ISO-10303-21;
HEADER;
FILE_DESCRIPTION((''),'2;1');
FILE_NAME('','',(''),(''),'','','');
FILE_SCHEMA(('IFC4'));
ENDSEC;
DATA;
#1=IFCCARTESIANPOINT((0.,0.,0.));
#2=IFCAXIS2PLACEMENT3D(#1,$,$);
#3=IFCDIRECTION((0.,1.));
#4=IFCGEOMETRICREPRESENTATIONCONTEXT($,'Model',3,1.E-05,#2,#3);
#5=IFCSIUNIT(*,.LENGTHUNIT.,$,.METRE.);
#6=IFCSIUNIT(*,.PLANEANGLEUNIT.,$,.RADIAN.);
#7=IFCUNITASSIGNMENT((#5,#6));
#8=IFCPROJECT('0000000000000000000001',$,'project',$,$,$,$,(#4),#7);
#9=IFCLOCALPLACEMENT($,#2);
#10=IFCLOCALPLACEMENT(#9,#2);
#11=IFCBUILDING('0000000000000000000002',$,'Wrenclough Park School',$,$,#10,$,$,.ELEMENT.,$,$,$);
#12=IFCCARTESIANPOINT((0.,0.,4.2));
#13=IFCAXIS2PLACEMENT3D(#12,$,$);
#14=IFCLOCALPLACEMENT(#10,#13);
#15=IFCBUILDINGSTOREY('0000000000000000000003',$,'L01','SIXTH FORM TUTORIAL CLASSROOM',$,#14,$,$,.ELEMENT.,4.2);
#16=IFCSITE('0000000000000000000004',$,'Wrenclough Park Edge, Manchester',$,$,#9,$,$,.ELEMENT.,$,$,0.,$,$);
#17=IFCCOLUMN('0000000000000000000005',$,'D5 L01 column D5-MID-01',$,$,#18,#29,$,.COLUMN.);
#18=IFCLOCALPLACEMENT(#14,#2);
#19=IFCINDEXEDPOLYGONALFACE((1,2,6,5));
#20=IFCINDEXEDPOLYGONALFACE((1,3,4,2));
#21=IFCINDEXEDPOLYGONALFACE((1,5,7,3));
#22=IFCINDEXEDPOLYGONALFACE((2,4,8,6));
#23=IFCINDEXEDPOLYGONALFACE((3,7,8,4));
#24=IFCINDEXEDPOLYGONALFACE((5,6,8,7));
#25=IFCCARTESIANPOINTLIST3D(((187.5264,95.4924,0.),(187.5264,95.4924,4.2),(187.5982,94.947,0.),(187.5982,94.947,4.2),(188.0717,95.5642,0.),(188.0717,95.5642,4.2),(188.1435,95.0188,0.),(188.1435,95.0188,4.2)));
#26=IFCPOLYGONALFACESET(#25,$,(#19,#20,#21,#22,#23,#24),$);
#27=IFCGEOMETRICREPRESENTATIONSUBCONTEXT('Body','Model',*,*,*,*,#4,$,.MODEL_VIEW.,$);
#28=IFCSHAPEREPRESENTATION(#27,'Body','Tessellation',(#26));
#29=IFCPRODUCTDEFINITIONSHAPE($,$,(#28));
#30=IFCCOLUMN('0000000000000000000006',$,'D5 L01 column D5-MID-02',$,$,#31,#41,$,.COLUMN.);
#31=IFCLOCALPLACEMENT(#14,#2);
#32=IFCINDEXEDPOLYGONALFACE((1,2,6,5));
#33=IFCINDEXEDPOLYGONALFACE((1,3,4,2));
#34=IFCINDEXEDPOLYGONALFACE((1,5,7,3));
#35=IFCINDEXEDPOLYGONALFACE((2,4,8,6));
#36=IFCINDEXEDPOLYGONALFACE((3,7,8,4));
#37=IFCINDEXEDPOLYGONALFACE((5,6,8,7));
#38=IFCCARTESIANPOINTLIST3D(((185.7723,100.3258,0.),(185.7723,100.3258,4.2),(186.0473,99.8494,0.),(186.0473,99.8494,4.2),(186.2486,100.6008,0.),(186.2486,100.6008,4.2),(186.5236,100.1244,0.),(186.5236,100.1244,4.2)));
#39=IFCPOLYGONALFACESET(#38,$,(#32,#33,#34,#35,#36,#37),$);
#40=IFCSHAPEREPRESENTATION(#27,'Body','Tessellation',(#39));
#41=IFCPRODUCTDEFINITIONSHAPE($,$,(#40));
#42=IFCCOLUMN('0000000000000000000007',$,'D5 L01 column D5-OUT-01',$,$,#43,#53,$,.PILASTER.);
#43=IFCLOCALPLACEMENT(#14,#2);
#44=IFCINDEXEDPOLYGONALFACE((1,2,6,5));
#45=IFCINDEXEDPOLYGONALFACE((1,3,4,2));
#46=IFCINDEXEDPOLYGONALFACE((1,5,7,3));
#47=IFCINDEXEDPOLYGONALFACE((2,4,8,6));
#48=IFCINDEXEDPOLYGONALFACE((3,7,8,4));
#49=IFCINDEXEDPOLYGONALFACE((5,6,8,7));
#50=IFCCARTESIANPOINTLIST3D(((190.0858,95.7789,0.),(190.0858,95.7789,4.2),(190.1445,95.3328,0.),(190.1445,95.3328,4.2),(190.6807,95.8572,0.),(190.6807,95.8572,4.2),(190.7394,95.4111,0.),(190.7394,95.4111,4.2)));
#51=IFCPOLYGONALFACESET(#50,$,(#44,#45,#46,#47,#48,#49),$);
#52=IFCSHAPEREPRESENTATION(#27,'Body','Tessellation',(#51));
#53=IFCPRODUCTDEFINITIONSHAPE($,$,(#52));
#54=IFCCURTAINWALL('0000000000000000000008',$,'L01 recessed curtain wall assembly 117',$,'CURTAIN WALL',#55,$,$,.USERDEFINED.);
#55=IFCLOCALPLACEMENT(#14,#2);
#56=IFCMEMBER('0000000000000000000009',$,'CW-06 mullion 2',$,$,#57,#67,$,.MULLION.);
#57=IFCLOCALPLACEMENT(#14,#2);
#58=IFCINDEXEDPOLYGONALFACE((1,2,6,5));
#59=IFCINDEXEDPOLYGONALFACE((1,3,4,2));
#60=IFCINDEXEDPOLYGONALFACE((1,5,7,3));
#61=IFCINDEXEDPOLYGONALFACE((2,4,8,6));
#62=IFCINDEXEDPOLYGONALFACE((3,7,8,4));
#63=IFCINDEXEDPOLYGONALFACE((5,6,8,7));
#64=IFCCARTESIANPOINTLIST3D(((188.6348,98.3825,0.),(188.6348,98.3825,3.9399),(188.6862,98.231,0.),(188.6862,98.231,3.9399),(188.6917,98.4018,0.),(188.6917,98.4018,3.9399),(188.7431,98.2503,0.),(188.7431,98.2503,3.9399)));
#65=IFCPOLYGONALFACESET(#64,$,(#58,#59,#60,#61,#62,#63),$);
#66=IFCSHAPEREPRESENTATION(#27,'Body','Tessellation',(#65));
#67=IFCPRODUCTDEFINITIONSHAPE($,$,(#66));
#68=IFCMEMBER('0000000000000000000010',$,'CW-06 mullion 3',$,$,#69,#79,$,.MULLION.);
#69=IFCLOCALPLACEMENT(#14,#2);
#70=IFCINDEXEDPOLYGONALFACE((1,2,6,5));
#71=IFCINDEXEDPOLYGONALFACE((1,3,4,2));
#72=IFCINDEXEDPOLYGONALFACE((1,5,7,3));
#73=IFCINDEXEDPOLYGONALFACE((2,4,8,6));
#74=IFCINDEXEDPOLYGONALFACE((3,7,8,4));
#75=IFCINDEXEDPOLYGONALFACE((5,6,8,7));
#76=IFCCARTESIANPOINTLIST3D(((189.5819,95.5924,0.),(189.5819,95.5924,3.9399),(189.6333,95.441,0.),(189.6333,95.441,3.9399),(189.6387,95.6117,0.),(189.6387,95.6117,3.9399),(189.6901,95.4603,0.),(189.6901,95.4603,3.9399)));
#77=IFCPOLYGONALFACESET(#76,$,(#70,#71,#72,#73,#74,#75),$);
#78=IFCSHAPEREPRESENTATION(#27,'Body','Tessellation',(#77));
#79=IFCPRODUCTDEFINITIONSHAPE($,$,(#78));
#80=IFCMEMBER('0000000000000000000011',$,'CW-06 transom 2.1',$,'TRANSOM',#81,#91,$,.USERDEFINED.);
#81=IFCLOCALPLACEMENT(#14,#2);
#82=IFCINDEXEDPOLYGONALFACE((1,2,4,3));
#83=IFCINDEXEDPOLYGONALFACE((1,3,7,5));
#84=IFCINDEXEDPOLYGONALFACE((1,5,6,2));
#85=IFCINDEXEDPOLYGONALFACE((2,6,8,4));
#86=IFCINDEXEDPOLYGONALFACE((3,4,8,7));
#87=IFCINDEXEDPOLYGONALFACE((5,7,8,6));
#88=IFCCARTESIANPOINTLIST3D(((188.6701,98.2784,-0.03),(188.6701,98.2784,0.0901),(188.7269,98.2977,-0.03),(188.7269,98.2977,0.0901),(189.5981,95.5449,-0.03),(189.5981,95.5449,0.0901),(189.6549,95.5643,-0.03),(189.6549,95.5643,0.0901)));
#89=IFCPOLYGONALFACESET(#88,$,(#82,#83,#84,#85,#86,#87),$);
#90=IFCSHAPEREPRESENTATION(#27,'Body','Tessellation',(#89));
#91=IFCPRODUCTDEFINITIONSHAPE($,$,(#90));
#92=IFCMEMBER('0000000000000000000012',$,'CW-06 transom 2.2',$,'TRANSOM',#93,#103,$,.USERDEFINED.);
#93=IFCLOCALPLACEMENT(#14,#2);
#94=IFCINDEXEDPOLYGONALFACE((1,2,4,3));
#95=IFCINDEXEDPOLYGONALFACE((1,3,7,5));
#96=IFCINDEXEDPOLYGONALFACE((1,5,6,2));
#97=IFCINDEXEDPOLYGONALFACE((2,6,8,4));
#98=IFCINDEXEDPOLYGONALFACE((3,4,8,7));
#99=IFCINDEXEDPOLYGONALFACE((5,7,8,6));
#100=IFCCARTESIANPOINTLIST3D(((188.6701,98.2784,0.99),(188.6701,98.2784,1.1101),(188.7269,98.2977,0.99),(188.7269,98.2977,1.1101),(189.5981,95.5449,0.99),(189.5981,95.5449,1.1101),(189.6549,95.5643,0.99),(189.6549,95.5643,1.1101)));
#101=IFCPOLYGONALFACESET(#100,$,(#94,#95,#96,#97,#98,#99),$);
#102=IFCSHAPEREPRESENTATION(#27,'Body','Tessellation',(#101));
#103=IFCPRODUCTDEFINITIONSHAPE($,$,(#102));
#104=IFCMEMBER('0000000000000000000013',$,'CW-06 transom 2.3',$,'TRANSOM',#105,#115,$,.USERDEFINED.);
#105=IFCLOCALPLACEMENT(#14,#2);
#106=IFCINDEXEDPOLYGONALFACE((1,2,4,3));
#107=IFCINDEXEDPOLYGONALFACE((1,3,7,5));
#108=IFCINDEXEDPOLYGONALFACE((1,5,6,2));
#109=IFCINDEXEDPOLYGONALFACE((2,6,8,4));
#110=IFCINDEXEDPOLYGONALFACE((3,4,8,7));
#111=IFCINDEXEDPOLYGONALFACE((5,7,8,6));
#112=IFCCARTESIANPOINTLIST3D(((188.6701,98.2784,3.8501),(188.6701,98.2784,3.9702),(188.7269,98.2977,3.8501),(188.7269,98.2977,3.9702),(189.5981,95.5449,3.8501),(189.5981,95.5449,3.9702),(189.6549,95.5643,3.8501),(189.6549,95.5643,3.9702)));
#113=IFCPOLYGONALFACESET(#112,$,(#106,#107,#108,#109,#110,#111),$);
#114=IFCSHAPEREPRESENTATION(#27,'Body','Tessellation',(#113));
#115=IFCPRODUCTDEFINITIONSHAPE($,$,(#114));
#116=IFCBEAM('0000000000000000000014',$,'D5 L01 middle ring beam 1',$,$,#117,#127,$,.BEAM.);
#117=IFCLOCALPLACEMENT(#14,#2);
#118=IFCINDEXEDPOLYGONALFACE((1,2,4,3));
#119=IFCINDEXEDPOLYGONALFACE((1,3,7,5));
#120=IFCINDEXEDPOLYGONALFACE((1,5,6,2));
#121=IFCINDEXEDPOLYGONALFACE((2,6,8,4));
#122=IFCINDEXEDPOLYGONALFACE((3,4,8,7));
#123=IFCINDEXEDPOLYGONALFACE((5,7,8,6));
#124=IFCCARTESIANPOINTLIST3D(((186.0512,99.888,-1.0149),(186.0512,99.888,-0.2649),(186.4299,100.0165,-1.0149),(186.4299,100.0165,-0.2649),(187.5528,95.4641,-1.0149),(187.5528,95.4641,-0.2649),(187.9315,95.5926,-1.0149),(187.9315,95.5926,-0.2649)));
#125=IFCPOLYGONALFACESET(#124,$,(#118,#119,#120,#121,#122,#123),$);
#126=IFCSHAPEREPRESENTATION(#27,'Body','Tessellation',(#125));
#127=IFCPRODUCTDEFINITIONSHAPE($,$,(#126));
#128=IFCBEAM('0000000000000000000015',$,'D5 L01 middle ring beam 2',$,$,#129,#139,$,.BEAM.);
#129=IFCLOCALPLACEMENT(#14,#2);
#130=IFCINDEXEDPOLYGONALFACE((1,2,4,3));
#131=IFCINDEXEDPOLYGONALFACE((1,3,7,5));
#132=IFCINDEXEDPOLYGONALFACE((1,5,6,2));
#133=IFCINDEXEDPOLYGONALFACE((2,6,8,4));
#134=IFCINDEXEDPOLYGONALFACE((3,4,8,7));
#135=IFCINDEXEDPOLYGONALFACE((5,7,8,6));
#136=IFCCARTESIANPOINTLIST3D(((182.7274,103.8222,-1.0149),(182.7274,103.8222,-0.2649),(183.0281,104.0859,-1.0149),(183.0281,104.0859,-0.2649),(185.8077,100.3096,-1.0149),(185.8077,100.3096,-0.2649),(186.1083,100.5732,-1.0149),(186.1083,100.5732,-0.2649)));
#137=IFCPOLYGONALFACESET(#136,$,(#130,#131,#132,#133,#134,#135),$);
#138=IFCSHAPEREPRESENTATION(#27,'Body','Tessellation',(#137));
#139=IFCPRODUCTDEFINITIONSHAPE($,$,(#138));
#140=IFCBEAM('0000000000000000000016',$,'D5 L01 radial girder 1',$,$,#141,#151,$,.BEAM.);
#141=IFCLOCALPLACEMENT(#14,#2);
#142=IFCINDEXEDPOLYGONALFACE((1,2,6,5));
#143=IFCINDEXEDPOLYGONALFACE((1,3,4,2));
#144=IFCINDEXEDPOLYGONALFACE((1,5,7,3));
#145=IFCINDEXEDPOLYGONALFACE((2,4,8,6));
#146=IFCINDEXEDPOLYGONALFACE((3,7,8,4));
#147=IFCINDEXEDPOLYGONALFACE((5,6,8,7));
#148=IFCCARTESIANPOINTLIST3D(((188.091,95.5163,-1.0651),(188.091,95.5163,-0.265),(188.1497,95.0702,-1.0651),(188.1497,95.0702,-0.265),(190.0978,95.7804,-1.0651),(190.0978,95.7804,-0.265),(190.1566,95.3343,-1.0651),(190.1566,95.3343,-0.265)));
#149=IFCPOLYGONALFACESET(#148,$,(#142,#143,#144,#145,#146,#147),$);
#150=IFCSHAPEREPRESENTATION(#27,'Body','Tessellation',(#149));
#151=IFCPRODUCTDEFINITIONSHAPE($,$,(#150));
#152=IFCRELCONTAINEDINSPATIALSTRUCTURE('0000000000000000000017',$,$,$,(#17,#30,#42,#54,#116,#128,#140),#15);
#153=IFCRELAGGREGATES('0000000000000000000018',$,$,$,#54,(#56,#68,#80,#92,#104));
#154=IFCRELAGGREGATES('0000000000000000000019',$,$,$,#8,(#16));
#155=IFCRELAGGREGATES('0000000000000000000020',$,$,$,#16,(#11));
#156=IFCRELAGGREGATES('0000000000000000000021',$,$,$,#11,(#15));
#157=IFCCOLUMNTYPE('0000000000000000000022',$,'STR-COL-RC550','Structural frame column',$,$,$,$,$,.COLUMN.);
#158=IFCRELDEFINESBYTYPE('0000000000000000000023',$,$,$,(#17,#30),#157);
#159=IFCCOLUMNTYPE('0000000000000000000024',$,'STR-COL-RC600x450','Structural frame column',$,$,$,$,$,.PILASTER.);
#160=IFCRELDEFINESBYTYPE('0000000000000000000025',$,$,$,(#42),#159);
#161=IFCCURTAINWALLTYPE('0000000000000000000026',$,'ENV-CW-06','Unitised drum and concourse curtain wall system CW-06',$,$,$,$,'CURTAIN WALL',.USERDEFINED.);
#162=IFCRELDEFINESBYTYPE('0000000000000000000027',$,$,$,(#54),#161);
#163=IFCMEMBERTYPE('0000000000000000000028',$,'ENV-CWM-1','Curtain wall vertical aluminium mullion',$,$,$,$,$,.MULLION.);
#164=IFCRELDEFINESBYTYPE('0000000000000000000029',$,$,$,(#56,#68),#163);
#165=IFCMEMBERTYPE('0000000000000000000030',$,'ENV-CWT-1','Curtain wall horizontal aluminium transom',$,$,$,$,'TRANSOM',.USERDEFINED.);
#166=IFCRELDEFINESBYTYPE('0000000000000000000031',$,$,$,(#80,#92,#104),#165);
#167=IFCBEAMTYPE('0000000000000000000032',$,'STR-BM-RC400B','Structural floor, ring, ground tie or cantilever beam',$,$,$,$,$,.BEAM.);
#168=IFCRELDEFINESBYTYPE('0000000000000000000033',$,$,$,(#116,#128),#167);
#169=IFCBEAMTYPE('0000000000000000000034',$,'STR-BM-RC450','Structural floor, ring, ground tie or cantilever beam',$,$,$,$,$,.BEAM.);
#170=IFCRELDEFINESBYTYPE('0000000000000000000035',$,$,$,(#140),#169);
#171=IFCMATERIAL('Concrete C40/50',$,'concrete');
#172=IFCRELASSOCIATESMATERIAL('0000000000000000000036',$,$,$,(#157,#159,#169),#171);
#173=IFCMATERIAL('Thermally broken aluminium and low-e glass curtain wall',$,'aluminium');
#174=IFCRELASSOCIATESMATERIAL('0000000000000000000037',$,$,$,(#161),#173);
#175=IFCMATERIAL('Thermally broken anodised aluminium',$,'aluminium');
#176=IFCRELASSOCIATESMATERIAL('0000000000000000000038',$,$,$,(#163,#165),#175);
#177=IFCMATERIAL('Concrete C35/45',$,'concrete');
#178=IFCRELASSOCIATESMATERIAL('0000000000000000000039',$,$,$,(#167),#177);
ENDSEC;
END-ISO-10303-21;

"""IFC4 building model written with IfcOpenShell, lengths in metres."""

from ifc_helpers import new_model, si_unit, direction, frame, origin, origin_2d, place, context, subcontext, project, spatial, rectangle, extrude, material, material_profile, profile_set, type_object, element, aggregate, save


model = new_model("IFC4")

# Units and contexts
model_context = context("Model", 3, precision=1e-05, world=origin(), true_north=direction((0.0, 1.0)))
body_context = subcontext(model_context, "Body", "Model", "MODEL_VIEW")
ifc_project = project(units=[si_unit("LENGTHUNIT", "METRE"), si_unit("PLANEANGLEUNIT", "RADIAN")], contexts=[model_context])

# Site, building, storey
site_placement = place(None, origin())
site = spatial("IfcSite", under=ifc_project, at=site_placement, Name="Wrenclough Park Edge, Manchester", CompositionType="ELEMENT", RefElevation=0.0)
building_placement = place(site_placement, origin())
building = spatial("IfcBuilding", under=site, at=building_placement, Name="Wrenclough Park School", CompositionType="ELEMENT")
storey_placement = place(building_placement, frame((0.0, 0.0, 4.2)))
storey = spatial("IfcBuildingStorey", under=building, at=storey_placement, Name="L01", Description="SIXTH FORM TUTORIAL CLASSROOM", CompositionType="ELEMENT", Elevation=4.2)

# Columns
ifc_material_1 = material(Name="Concrete C40/50", Category="concrete")
ifc_material_profile_1 = material_profile(ifc_material_1, rectangle(XDim=0.55, YDim=0.55, at=origin_2d()), Name="RC COL 550x550")
ifc_profile_set_1 = profile_set([ifc_material_profile_1], Name="Concrete C40/50")
column_type_1 = type_object("IfcColumnType", Name="STR-COL-RC550", Description="Structural frame column", PredefinedType="COLUMN", material=ifc_profile_set_1)
for number, where, z_axis, x_axis, name in (
    (1, (187.835, 95.2556, 0.0), (0.0, 0.0, 1.0), (-0.130526, 0.991445, 0.0), "D5 L01 column D5-MID-01"),
    (2, (186.1479, 100.2251, 0.0), (0.0, 0.0, 1.0), (-0.5, 0.866025, 0.0), "D5 L01 column D5-MID-02"),
):
    element("IfcColumn", number, at=place(storey_placement, frame(where, z_axis=z_axis, x_axis=x_axis)), inside=storey, type_object=column_type_1, Name=name, PredefinedType="COLUMN", context=body_context, shape_type="SweptSolid", body=[
        extrude(rectangle(XDim=0.55, YDim=0.55, at=origin_2d()), origin(), (0.0, 0.0, 1.0), 4.2),
    ])
ifc_material_profile_2 = material_profile(ifc_material_1, rectangle(XDim=0.45, YDim=0.6001, at=origin_2d()), Name="RC COL 600x450")
ifc_profile_set_2 = profile_set([ifc_material_profile_2], Name="Concrete C40/50")
column_type_2 = type_object("IfcColumnType", Name="STR-COL-RC600x450", Description="Structural frame column", PredefinedType="PILASTER", material=ifc_profile_set_2)
column_placement = place(storey_placement, frame((190.4126, 95.595, 0.0), z_axis=(0.0, 0.0, 1.0), x_axis=(-0.130526, 0.991445, 0.0)))
element("IfcColumn", 3, at=column_placement, inside=storey, type_object=column_type_2, Name="D5 L01 column D5-OUT-01", PredefinedType="PILASTER", context=body_context, shape_type="SweptSolid", body=[
    extrude(rectangle(XDim=0.45, YDim=0.6001, at=origin_2d()), origin(), (0.0, 0.0, 1.0), 4.2),
])

# Curtain wall, members
ifc_material_2 = material(Name="Thermally broken aluminium and low-e glass curtain wall", Category="aluminium")
curtain_wall_type = type_object("IfcCurtainWallType", Name="ENV-CW-06", Description="Unitised drum and concourse curtain wall system CW-06", ElementType="CURTAIN WALL", PredefinedType="USERDEFINED", material=ifc_material_2)
curtain_wall_placement = place(storey_placement, origin())
curtain_wall = element("IfcCurtainWall", 4, at=curtain_wall_placement, inside=storey, type_object=curtain_wall_type, Name="L01 recessed curtain wall assembly 117", ObjectType="CURTAIN WALL", PredefinedType="USERDEFINED")
ifc_material_3 = material(Name="Thermally broken anodised aluminium", Category="aluminium")
ifc_material_profile_3 = material_profile(ifc_material_3, rectangle(XDim=0.0601, YDim=0.1599, at=origin_2d()), Name="AL MULLION 60x160")
ifc_profile_set_3 = profile_set([ifc_material_profile_3], Name="Thermally broken anodised aluminium")
member_type_1 = type_object("IfcMemberType", Name="ENV-CWM-1", Description="Curtain wall vertical aluminium mullion", PredefinedType="MULLION", material=ifc_profile_set_3)
member_1_placement = place(storey_placement, frame((188.689, 98.3164, 0.0), z_axis=(0.0, 0.0, 1.0), x_axis=(0.946934, 0.321429, 0.0)))
member_1 = element("IfcMember", 5, at=member_1_placement, type_object=member_type_1, Name="CW-06 mullion 2", PredefinedType="MULLION", context=body_context, shape_type="SweptSolid", body=[
    extrude(rectangle(XDim=0.0601, YDim=0.1599, at=origin_2d()), origin(), (0.0, 0.0, 1.0), 3.9399),
])
member_2_placement = place(storey_placement, frame((189.636, 95.5264, 0.0), z_axis=(0.0, 0.0, 1.0), x_axis=(0.946934, 0.321429, 0.0)))
member_2 = element("IfcMember", 6, at=member_2_placement, type_object=member_type_1, Name="CW-06 mullion 3", PredefinedType="MULLION", context=body_context, shape_type="SweptSolid", body=[
    extrude(rectangle(XDim=0.0601, YDim=0.1599, at=origin_2d()), origin(), (0.0, 0.0, 1.0), 3.9399),
])
ifc_material_profile_4 = material_profile(ifc_material_3, rectangle(XDim=0.0601, YDim=0.1201, at=origin_2d()), Name="AL TRANSOM 60x120")
ifc_profile_set_4 = profile_set([ifc_material_profile_4], Name="Thermally broken anodised aluminium")
member_type_2 = type_object("IfcMemberType", Name="ENV-CWT-1", Description="Curtain wall horizontal aluminium transom", ElementType="TRANSOM", PredefinedType="USERDEFINED", material=ifc_profile_set_4)
member_3_placement = place(storey_placement, frame((188.6985, 98.2881, 0.03), z_axis=(0.321475, -0.946918, 0.0), x_axis=(0.946918, 0.321475, 0.0)))
member_3 = element("IfcMember", 7, at=member_3_placement, type_object=member_type_2, Name="CW-06 transom 2.1", ObjectType="TRANSOM", PredefinedType="USERDEFINED", context=body_context, shape_type="SweptSolid", body=[
    extrude(rectangle(XDim=0.0601, YDim=0.1201, at=origin_2d()), origin(), (0.0, 0.0, 1.0), 2.8867),
])
member_4_placement = place(storey_placement, frame((188.6985, 98.2881, 1.05), z_axis=(0.321475, -0.946918, 0.0), x_axis=(0.946918, 0.321475, 0.0)))
member_4 = element("IfcMember", 8, at=member_4_placement, type_object=member_type_2, Name="CW-06 transom 2.2", ObjectType="TRANSOM", PredefinedType="USERDEFINED", context=body_context, shape_type="SweptSolid", body=[
    extrude(rectangle(XDim=0.0601, YDim=0.1201, at=origin_2d()), origin(), (0.0, 0.0, 1.0), 2.8867),
])
member_5_placement = place(storey_placement, frame((188.6985, 98.2881, 3.9102), z_axis=(0.321475, -0.946918, 0.0), x_axis=(0.946918, 0.321475, 0.0)))
member_5 = element("IfcMember", 9, at=member_5_placement, type_object=member_type_2, Name="CW-06 transom 2.3", ObjectType="TRANSOM", PredefinedType="USERDEFINED", context=body_context, shape_type="SweptSolid", body=[
    extrude(rectangle(XDim=0.0601, YDim=0.1201, at=origin_2d()), origin(), (0.0, 0.0, 1.0), 2.8867),
])

# Beams
ifc_material_4 = material(Name="Concrete C35/45", Category="concrete")
ifc_material_profile_5 = material_profile(ifc_material_4, rectangle(XDim=0.3999, YDim=0.75, at=origin_2d()), Name="RC BEAM 400x750")
ifc_profile_set_5 = profile_set([ifc_material_profile_5], Name="Concrete C35/45")
beam_type_1 = type_object("IfcBeamType", Name="STR-BM-RC400B", Description="Structural floor, ring, ground tie or cantilever beam", PredefinedType="BEAM", material=ifc_profile_set_5)
for number, where, z_axis, x_axis, name in (
    (10, (187.7422, 95.5283, -0.6399), (-0.321428, 0.946934, 0.0), (-0.946934, -0.321428, 0.0), "D5 L01 middle ring beam 1"),
    (11, (185.958, 100.4414, -0.6399), (-0.659318, 0.751864, 0.0), (-0.751864, -0.659318, 0.0), "D5 L01 middle ring beam 2"),
):
    element("IfcBeam", number, at=place(storey_placement, frame(where, z_axis=z_axis, x_axis=x_axis)), inside=storey, type_object=beam_type_1, Name=name, PredefinedType="BEAM", context=body_context, shape_type="SweptSolid", body=[
        extrude(rectangle(XDim=0.3999, YDim=0.75, at=origin_2d()), origin(), (0.0, 0.0, 1.0), 4.6719),
    ])
ifc_material_profile_6 = material_profile(ifc_material_1, rectangle(XDim=0.45, YDim=0.8, at=origin_2d()), Name="RC BEAM 450x800")
ifc_profile_set_6 = profile_set([ifc_material_profile_6], Name="Concrete C40/50")
beam_type_2 = type_object("IfcBeamType", Name="STR-BM-RC450", Description="Structural floor, ring, ground tie or cantilever beam", PredefinedType="BEAM", material=ifc_profile_set_6)
beam_1_placement = place(storey_placement, frame((190.1272, 95.5574, -0.665), z_axis=(-0.991448, -0.130504, 0.0), x_axis=(0.130504, -0.991448, 0.0)))
element("IfcBeam", 12, at=beam_1_placement, inside=storey, type_object=beam_type_2, Name="D5 L01 radial girder 1", PredefinedType="BEAM", context=body_context, shape_type="SweptSolid", body=[
    extrude(rectangle(XDim=0.45, YDim=0.8, at=origin_2d()), origin(), (0.0, 0.0, 1.0), 2.0242),
])

aggregate(curtain_wall, [member_1, member_2, member_3, member_4, member_5])

save(model, "model.ifc")
